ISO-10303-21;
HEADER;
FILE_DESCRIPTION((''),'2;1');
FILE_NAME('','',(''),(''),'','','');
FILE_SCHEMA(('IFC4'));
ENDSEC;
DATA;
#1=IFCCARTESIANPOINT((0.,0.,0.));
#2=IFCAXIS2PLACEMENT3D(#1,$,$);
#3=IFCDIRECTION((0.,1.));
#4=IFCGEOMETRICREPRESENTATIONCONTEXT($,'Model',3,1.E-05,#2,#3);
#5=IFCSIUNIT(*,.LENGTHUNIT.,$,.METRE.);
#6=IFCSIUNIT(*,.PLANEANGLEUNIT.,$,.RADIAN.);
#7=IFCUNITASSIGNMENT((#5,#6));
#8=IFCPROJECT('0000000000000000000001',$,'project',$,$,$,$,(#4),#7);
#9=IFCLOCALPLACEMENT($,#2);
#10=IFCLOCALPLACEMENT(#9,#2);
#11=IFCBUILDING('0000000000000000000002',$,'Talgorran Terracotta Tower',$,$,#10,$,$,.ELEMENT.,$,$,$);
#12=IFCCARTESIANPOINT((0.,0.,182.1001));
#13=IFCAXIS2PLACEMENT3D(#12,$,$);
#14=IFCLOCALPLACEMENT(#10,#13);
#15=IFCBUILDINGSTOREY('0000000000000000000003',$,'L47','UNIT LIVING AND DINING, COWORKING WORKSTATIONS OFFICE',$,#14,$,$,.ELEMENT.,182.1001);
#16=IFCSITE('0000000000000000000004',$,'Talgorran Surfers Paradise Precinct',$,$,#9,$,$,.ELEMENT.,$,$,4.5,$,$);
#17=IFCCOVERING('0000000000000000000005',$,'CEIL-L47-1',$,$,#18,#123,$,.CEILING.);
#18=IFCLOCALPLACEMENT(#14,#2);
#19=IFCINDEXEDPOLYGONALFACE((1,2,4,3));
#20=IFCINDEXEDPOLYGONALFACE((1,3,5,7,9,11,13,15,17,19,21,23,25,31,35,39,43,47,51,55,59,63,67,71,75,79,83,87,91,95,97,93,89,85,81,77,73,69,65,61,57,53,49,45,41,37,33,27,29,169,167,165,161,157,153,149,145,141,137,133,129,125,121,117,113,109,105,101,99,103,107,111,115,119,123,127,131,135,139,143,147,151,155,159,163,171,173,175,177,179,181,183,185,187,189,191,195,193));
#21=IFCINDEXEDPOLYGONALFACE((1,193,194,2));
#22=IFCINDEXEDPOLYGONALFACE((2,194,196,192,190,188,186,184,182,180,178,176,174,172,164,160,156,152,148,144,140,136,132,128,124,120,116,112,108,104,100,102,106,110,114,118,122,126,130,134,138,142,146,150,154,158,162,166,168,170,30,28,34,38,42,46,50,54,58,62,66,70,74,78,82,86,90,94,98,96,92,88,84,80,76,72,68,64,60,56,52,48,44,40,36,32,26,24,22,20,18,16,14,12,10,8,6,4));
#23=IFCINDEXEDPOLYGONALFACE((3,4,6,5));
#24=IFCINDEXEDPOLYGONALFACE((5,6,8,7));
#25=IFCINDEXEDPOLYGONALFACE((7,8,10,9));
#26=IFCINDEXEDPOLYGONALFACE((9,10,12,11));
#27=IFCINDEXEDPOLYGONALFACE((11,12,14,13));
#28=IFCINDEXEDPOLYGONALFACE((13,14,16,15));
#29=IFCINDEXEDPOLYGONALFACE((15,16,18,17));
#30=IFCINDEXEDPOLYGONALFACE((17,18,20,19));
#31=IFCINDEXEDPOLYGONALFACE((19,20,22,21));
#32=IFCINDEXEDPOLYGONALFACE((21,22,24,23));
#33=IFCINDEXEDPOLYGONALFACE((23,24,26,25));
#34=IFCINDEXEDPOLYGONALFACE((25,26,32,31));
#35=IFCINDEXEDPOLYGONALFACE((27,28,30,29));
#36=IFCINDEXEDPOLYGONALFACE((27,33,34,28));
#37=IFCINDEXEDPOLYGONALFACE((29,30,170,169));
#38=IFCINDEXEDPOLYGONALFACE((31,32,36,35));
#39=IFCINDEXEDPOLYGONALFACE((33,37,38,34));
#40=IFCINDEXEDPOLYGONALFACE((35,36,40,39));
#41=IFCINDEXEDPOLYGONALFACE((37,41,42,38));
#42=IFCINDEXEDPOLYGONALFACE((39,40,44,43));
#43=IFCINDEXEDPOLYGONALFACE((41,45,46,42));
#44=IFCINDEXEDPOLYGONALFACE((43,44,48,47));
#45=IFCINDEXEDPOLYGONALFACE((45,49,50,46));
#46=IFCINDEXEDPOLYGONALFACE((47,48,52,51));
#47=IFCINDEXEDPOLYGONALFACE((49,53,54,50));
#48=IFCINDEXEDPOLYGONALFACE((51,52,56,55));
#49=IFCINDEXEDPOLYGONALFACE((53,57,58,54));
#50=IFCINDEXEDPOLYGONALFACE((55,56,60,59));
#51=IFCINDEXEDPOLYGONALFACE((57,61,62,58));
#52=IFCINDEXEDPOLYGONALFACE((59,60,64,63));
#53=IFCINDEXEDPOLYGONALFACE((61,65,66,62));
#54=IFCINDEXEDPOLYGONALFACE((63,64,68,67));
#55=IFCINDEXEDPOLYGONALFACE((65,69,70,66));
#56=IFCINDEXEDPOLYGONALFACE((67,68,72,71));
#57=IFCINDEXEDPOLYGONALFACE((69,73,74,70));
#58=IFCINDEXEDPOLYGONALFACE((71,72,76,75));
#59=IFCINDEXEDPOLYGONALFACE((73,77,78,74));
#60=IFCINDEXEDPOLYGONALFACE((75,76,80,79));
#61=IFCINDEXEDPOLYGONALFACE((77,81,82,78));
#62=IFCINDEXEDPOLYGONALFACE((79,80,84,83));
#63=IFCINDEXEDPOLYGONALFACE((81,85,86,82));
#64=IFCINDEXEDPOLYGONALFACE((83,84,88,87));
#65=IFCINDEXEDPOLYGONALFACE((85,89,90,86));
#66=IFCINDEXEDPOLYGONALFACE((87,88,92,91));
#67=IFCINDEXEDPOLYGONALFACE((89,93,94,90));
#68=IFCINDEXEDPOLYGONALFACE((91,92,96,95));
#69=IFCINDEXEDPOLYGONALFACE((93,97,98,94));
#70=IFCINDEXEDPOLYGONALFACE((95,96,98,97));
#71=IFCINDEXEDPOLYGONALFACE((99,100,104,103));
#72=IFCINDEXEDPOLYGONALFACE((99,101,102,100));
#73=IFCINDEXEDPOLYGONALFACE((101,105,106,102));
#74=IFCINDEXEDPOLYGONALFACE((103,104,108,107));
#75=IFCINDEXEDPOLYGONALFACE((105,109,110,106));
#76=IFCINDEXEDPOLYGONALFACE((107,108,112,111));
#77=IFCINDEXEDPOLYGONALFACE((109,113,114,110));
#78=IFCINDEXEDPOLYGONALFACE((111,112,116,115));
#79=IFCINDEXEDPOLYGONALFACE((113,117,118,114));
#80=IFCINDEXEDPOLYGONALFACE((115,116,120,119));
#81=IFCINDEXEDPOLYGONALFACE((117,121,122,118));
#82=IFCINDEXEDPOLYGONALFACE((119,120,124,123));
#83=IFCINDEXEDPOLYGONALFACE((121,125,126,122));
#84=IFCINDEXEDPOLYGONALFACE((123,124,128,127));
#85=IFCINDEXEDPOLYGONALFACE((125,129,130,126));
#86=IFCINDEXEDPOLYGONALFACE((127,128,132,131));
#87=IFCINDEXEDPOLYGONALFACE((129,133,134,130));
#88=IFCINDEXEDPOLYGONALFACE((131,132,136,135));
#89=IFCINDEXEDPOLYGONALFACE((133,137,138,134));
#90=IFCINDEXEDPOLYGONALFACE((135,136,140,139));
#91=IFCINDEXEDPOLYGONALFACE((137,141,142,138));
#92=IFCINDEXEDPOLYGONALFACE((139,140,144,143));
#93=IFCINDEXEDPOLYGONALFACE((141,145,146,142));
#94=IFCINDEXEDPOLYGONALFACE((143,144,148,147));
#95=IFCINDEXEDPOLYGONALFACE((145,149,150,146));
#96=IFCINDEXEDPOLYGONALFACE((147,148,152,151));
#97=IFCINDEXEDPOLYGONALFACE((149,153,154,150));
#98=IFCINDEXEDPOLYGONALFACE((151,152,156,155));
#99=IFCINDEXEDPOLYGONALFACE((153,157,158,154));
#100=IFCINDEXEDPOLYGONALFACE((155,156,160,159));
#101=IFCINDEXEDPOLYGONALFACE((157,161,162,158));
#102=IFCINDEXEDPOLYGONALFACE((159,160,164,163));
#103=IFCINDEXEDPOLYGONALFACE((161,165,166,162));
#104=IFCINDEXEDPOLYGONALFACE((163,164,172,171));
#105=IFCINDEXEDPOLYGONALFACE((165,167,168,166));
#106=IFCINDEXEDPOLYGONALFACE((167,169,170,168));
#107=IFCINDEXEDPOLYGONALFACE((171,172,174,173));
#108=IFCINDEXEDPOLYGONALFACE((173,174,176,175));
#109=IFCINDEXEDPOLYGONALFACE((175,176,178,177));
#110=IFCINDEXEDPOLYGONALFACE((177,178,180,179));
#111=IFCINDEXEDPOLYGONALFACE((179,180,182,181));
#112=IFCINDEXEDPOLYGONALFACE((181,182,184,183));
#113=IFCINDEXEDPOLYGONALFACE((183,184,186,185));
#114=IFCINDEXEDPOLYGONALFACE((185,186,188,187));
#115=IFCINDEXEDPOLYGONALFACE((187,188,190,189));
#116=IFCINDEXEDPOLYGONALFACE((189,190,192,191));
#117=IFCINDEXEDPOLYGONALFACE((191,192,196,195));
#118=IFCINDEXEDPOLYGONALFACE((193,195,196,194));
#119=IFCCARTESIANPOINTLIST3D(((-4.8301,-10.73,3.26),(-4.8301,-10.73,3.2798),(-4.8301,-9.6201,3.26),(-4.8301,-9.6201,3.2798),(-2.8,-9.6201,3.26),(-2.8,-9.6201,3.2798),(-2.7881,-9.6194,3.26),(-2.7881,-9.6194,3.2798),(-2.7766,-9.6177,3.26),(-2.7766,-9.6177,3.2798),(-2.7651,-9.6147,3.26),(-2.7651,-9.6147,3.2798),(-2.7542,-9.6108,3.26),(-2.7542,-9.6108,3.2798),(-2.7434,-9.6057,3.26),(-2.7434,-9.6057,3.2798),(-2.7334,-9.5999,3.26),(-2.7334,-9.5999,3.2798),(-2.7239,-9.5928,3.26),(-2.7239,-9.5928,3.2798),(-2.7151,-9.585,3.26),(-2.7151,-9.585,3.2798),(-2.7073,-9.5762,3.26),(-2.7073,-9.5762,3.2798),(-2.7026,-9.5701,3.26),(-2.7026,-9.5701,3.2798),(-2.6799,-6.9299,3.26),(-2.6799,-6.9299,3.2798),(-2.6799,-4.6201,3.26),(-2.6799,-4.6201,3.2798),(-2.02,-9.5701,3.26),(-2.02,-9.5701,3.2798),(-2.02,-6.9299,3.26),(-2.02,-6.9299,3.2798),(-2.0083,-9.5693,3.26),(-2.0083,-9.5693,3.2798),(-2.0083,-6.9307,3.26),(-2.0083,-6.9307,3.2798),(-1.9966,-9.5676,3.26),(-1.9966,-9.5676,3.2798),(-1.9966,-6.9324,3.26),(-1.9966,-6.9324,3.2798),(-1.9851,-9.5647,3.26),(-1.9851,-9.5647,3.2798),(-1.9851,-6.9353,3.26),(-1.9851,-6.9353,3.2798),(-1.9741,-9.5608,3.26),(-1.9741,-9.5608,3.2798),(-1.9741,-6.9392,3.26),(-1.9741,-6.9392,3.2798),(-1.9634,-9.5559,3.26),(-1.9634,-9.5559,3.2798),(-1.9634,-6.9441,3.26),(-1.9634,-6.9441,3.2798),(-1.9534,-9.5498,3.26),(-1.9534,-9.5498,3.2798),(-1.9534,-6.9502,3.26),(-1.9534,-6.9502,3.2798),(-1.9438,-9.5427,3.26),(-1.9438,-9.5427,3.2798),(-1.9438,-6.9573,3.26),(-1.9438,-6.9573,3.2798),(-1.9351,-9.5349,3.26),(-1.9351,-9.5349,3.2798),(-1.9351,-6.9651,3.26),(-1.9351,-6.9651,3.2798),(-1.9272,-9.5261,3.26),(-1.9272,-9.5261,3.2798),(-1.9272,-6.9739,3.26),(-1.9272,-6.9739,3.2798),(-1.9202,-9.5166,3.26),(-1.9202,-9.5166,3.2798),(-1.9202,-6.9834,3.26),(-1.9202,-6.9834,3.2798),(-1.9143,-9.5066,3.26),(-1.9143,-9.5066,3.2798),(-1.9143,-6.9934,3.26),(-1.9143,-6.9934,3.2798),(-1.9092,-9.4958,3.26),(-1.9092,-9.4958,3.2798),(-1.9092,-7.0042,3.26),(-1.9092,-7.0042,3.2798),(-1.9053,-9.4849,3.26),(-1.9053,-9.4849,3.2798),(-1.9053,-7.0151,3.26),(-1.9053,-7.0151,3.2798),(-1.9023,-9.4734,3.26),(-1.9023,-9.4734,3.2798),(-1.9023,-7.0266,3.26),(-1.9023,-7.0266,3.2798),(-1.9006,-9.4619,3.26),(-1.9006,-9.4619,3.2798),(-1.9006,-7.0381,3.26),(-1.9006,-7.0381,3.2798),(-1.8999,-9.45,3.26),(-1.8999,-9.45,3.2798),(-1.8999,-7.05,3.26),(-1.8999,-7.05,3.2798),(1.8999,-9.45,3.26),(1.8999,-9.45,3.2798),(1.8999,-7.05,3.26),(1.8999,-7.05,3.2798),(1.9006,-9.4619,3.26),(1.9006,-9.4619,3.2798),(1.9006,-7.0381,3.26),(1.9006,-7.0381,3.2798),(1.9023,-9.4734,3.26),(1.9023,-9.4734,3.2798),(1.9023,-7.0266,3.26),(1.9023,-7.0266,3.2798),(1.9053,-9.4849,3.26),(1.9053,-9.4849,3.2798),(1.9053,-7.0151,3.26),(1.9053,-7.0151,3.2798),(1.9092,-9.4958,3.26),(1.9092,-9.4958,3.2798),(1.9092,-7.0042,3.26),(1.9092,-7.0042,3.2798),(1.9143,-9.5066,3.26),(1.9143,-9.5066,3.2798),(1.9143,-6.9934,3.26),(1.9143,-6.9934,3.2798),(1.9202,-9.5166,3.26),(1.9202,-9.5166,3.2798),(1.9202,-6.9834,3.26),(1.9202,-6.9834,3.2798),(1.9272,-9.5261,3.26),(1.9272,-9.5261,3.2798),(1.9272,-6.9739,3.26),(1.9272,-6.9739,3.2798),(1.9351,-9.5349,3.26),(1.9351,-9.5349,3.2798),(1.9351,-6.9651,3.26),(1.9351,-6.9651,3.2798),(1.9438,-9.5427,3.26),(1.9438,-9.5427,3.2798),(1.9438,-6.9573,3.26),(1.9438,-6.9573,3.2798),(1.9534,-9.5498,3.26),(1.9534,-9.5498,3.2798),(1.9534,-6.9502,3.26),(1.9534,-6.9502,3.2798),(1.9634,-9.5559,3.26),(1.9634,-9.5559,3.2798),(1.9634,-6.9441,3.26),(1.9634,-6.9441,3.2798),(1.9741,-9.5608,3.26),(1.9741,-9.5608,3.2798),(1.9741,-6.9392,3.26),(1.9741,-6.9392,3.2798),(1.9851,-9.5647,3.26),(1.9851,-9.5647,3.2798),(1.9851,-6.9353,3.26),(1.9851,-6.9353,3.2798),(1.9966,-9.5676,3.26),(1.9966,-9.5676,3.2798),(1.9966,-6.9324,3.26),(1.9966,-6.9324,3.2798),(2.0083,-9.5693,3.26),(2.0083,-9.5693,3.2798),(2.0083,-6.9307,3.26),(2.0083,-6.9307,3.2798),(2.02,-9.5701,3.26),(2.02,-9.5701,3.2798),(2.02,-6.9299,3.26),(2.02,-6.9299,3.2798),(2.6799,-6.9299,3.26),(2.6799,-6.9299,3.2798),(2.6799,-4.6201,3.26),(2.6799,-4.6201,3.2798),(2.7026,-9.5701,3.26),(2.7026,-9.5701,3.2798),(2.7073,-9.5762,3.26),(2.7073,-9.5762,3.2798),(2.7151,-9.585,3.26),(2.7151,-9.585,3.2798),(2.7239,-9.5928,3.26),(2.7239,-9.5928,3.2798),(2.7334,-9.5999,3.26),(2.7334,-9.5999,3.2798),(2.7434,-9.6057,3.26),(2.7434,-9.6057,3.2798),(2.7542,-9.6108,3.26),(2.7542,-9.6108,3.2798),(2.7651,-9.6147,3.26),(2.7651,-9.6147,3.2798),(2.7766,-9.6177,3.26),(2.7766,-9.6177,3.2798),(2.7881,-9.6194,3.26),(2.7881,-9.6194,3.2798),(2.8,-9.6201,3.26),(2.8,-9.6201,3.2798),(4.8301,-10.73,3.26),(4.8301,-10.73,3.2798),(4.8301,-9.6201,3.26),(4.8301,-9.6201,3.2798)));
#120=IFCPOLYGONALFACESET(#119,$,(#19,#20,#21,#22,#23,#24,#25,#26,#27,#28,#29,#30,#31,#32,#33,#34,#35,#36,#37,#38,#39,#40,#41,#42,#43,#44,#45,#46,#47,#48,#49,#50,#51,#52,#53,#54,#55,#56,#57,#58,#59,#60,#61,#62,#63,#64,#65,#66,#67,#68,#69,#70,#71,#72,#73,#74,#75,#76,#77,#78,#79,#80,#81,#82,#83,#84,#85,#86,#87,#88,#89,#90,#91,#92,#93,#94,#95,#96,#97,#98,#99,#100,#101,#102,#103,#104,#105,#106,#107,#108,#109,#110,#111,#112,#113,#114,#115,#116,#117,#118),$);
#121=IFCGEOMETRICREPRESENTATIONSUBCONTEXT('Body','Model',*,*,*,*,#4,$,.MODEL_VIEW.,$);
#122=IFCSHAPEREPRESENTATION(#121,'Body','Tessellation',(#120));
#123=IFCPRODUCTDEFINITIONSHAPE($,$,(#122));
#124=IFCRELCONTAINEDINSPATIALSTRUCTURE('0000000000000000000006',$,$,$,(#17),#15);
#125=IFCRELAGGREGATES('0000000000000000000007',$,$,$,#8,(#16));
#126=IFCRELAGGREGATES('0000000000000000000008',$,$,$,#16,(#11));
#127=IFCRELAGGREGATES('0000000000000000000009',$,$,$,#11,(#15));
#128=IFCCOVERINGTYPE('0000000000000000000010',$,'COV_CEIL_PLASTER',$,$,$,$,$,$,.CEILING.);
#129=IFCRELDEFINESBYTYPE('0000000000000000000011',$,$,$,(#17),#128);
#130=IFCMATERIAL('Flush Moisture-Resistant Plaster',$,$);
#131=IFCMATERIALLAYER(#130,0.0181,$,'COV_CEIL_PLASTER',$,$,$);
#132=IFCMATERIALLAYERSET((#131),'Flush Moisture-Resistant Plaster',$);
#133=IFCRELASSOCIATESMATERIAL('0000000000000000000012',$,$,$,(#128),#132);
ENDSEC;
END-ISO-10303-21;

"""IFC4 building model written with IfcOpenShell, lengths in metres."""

from ifc_helpers import new_model, si_unit, direction, frame, origin, place, context, subcontext, project, spatial, polyline, outline, extrude, material, layer, layer_set, type_object, element, save


model = new_model("IFC4")

# Units and contexts
model_context = context("Model", 3, precision=1e-05, world=origin(), true_north=direction((0.0, 1.0)))
body_context = subcontext(model_context, "Body", "Model", "MODEL_VIEW")
ifc_project = project(units=[si_unit("LENGTHUNIT", "METRE"), si_unit("PLANEANGLEUNIT", "RADIAN")], contexts=[model_context])

# Site, building, storey
site_placement = place(None, origin())
site = spatial("IfcSite", under=ifc_project, at=site_placement, Name="Talgorran Surfers Paradise Precinct", CompositionType="ELEMENT", RefElevation=4.5)
building_placement = place(site_placement, origin())
building = spatial("IfcBuilding", under=site, at=building_placement, Name="Talgorran Terracotta Tower", CompositionType="ELEMENT")
storey_placement = place(building_placement, frame((0.0, 0.0, 182.1001)))
storey = spatial("IfcBuildingStorey", under=building, at=storey_placement, Name="L47", Description="UNIT LIVING AND DINING, COWORKING WORKSTATIONS OFFICE", CompositionType="ELEMENT", Elevation=182.1001)

# Covering
ifc_material_1 = material(Name="Flush Moisture-Resistant Plaster")
ifc_layer_1 = layer(ifc_material_1, 0.0181, Name="COV_CEIL_PLASTER")
ifc_layer_set_1 = layer_set([ifc_layer_1], Name="Flush Moisture-Resistant Plaster")
covering_type_1 = type_object("IfcCoveringType", Name="COV_CEIL_PLASTER", PredefinedType="CEILING", material=ifc_layer_set_1)
covering_1_placement = place(storey_placement, frame((0.0, 0.0, 3.26)))
element("IfcCovering", 1, at=covering_1_placement, inside=storey, type_object=covering_type_1, Name="CEIL-L47-1", PredefinedType="CEILING", context=body_context, shape_type="SweptSolid", body=[
    extrude(outline(polyline([(-2.7026, -9.5701), (-2.02, -9.5701), (-2.0083, -9.5693), (-1.9966, -9.5676), (-1.9851, -9.5647), (-1.9741, -9.5608), (-1.9634, -9.5559), (-1.9534, -9.5498), (-1.9438, -9.5427), (-1.9351, -9.5349), (-1.9272, -9.5261), (-1.9202, -9.5166), (-1.9143, -9.5066), (-1.9092, -9.4958), (-1.9053, -9.4849), (-1.9023, -9.4734), (-1.9006, -9.4619), (-1.8999, -9.45), (-1.8999, -7.05), (-1.9006, -7.0381), (-1.9023, -7.0266), (-1.9053, -7.0151), (-1.9092, -7.0042), (-1.9143, -6.9934), (-1.9202, -6.9834), (-1.9272, -6.9739), (-1.9351, -6.9651), (-1.9438, -6.9573), (-1.9534, -6.9502), (-1.9634, -6.9441), (-1.9741, -6.9392), (-1.9851, -6.9353), (-1.9966, -6.9324), (-2.0083, -6.9307), (-2.02, -6.9299), (-2.6799, -6.9299), (-2.6799, -4.6201), (2.6799, -4.6201), (2.6799, -6.9299), (2.02, -6.9299), (2.0083, -6.9307), (1.9966, -6.9324), (1.9851, -6.9353), (1.9741, -6.9392), (1.9634, -6.9441), (1.9534, -6.9502), (1.9438, -6.9573), (1.9351, -6.9651), (1.9272, -6.9739), (1.9202, -6.9834), (1.9143, -6.9934), (1.9092, -7.0042), (1.9053, -7.0151), (1.9023, -7.0266), (1.9006, -7.0381), (1.8999, -7.05), (1.8999, -9.45), (1.9006, -9.4619), (1.9023, -9.4734), (1.9053, -9.4849), (1.9092, -9.4958), (1.9143, -9.5066), (1.9202, -9.5166), (1.9272, -9.5261), (1.9351, -9.5349), (1.9438, -9.5427), (1.9534, -9.5498), (1.9634, -9.5559), (1.9741, -9.5608), (1.9851, -9.5647), (1.9966, -9.5676), (2.0083, -9.5693), (2.02, -9.5701), (2.7026, -9.5701), (2.7073, -9.5762), (2.7151, -9.585), (2.7239, -9.5928), (2.7334, -9.5999), (2.7434, -9.6057), (2.7542, -9.6108), (2.7651, -9.6147), (2.7766, -9.6177), (2.7881, -9.6194), (2.8, -9.6201), (4.8301, -9.6201), (4.8301, -10.73), (-4.8301, -10.73), (-4.8301, -9.6201), (-2.8, -9.6201), (-2.7881, -9.6194), (-2.7766, -9.6177), (-2.7651, -9.6147), (-2.7542, -9.6108), (-2.7434, -9.6057), (-2.7334, -9.5999), (-2.7239, -9.5928), (-2.7151, -9.585), (-2.7073, -9.5762), (-2.7026, -9.5701)])), origin(), (0.0, 0.0, 1.0), 0.0198),
])

save(model, "model.ifc")
